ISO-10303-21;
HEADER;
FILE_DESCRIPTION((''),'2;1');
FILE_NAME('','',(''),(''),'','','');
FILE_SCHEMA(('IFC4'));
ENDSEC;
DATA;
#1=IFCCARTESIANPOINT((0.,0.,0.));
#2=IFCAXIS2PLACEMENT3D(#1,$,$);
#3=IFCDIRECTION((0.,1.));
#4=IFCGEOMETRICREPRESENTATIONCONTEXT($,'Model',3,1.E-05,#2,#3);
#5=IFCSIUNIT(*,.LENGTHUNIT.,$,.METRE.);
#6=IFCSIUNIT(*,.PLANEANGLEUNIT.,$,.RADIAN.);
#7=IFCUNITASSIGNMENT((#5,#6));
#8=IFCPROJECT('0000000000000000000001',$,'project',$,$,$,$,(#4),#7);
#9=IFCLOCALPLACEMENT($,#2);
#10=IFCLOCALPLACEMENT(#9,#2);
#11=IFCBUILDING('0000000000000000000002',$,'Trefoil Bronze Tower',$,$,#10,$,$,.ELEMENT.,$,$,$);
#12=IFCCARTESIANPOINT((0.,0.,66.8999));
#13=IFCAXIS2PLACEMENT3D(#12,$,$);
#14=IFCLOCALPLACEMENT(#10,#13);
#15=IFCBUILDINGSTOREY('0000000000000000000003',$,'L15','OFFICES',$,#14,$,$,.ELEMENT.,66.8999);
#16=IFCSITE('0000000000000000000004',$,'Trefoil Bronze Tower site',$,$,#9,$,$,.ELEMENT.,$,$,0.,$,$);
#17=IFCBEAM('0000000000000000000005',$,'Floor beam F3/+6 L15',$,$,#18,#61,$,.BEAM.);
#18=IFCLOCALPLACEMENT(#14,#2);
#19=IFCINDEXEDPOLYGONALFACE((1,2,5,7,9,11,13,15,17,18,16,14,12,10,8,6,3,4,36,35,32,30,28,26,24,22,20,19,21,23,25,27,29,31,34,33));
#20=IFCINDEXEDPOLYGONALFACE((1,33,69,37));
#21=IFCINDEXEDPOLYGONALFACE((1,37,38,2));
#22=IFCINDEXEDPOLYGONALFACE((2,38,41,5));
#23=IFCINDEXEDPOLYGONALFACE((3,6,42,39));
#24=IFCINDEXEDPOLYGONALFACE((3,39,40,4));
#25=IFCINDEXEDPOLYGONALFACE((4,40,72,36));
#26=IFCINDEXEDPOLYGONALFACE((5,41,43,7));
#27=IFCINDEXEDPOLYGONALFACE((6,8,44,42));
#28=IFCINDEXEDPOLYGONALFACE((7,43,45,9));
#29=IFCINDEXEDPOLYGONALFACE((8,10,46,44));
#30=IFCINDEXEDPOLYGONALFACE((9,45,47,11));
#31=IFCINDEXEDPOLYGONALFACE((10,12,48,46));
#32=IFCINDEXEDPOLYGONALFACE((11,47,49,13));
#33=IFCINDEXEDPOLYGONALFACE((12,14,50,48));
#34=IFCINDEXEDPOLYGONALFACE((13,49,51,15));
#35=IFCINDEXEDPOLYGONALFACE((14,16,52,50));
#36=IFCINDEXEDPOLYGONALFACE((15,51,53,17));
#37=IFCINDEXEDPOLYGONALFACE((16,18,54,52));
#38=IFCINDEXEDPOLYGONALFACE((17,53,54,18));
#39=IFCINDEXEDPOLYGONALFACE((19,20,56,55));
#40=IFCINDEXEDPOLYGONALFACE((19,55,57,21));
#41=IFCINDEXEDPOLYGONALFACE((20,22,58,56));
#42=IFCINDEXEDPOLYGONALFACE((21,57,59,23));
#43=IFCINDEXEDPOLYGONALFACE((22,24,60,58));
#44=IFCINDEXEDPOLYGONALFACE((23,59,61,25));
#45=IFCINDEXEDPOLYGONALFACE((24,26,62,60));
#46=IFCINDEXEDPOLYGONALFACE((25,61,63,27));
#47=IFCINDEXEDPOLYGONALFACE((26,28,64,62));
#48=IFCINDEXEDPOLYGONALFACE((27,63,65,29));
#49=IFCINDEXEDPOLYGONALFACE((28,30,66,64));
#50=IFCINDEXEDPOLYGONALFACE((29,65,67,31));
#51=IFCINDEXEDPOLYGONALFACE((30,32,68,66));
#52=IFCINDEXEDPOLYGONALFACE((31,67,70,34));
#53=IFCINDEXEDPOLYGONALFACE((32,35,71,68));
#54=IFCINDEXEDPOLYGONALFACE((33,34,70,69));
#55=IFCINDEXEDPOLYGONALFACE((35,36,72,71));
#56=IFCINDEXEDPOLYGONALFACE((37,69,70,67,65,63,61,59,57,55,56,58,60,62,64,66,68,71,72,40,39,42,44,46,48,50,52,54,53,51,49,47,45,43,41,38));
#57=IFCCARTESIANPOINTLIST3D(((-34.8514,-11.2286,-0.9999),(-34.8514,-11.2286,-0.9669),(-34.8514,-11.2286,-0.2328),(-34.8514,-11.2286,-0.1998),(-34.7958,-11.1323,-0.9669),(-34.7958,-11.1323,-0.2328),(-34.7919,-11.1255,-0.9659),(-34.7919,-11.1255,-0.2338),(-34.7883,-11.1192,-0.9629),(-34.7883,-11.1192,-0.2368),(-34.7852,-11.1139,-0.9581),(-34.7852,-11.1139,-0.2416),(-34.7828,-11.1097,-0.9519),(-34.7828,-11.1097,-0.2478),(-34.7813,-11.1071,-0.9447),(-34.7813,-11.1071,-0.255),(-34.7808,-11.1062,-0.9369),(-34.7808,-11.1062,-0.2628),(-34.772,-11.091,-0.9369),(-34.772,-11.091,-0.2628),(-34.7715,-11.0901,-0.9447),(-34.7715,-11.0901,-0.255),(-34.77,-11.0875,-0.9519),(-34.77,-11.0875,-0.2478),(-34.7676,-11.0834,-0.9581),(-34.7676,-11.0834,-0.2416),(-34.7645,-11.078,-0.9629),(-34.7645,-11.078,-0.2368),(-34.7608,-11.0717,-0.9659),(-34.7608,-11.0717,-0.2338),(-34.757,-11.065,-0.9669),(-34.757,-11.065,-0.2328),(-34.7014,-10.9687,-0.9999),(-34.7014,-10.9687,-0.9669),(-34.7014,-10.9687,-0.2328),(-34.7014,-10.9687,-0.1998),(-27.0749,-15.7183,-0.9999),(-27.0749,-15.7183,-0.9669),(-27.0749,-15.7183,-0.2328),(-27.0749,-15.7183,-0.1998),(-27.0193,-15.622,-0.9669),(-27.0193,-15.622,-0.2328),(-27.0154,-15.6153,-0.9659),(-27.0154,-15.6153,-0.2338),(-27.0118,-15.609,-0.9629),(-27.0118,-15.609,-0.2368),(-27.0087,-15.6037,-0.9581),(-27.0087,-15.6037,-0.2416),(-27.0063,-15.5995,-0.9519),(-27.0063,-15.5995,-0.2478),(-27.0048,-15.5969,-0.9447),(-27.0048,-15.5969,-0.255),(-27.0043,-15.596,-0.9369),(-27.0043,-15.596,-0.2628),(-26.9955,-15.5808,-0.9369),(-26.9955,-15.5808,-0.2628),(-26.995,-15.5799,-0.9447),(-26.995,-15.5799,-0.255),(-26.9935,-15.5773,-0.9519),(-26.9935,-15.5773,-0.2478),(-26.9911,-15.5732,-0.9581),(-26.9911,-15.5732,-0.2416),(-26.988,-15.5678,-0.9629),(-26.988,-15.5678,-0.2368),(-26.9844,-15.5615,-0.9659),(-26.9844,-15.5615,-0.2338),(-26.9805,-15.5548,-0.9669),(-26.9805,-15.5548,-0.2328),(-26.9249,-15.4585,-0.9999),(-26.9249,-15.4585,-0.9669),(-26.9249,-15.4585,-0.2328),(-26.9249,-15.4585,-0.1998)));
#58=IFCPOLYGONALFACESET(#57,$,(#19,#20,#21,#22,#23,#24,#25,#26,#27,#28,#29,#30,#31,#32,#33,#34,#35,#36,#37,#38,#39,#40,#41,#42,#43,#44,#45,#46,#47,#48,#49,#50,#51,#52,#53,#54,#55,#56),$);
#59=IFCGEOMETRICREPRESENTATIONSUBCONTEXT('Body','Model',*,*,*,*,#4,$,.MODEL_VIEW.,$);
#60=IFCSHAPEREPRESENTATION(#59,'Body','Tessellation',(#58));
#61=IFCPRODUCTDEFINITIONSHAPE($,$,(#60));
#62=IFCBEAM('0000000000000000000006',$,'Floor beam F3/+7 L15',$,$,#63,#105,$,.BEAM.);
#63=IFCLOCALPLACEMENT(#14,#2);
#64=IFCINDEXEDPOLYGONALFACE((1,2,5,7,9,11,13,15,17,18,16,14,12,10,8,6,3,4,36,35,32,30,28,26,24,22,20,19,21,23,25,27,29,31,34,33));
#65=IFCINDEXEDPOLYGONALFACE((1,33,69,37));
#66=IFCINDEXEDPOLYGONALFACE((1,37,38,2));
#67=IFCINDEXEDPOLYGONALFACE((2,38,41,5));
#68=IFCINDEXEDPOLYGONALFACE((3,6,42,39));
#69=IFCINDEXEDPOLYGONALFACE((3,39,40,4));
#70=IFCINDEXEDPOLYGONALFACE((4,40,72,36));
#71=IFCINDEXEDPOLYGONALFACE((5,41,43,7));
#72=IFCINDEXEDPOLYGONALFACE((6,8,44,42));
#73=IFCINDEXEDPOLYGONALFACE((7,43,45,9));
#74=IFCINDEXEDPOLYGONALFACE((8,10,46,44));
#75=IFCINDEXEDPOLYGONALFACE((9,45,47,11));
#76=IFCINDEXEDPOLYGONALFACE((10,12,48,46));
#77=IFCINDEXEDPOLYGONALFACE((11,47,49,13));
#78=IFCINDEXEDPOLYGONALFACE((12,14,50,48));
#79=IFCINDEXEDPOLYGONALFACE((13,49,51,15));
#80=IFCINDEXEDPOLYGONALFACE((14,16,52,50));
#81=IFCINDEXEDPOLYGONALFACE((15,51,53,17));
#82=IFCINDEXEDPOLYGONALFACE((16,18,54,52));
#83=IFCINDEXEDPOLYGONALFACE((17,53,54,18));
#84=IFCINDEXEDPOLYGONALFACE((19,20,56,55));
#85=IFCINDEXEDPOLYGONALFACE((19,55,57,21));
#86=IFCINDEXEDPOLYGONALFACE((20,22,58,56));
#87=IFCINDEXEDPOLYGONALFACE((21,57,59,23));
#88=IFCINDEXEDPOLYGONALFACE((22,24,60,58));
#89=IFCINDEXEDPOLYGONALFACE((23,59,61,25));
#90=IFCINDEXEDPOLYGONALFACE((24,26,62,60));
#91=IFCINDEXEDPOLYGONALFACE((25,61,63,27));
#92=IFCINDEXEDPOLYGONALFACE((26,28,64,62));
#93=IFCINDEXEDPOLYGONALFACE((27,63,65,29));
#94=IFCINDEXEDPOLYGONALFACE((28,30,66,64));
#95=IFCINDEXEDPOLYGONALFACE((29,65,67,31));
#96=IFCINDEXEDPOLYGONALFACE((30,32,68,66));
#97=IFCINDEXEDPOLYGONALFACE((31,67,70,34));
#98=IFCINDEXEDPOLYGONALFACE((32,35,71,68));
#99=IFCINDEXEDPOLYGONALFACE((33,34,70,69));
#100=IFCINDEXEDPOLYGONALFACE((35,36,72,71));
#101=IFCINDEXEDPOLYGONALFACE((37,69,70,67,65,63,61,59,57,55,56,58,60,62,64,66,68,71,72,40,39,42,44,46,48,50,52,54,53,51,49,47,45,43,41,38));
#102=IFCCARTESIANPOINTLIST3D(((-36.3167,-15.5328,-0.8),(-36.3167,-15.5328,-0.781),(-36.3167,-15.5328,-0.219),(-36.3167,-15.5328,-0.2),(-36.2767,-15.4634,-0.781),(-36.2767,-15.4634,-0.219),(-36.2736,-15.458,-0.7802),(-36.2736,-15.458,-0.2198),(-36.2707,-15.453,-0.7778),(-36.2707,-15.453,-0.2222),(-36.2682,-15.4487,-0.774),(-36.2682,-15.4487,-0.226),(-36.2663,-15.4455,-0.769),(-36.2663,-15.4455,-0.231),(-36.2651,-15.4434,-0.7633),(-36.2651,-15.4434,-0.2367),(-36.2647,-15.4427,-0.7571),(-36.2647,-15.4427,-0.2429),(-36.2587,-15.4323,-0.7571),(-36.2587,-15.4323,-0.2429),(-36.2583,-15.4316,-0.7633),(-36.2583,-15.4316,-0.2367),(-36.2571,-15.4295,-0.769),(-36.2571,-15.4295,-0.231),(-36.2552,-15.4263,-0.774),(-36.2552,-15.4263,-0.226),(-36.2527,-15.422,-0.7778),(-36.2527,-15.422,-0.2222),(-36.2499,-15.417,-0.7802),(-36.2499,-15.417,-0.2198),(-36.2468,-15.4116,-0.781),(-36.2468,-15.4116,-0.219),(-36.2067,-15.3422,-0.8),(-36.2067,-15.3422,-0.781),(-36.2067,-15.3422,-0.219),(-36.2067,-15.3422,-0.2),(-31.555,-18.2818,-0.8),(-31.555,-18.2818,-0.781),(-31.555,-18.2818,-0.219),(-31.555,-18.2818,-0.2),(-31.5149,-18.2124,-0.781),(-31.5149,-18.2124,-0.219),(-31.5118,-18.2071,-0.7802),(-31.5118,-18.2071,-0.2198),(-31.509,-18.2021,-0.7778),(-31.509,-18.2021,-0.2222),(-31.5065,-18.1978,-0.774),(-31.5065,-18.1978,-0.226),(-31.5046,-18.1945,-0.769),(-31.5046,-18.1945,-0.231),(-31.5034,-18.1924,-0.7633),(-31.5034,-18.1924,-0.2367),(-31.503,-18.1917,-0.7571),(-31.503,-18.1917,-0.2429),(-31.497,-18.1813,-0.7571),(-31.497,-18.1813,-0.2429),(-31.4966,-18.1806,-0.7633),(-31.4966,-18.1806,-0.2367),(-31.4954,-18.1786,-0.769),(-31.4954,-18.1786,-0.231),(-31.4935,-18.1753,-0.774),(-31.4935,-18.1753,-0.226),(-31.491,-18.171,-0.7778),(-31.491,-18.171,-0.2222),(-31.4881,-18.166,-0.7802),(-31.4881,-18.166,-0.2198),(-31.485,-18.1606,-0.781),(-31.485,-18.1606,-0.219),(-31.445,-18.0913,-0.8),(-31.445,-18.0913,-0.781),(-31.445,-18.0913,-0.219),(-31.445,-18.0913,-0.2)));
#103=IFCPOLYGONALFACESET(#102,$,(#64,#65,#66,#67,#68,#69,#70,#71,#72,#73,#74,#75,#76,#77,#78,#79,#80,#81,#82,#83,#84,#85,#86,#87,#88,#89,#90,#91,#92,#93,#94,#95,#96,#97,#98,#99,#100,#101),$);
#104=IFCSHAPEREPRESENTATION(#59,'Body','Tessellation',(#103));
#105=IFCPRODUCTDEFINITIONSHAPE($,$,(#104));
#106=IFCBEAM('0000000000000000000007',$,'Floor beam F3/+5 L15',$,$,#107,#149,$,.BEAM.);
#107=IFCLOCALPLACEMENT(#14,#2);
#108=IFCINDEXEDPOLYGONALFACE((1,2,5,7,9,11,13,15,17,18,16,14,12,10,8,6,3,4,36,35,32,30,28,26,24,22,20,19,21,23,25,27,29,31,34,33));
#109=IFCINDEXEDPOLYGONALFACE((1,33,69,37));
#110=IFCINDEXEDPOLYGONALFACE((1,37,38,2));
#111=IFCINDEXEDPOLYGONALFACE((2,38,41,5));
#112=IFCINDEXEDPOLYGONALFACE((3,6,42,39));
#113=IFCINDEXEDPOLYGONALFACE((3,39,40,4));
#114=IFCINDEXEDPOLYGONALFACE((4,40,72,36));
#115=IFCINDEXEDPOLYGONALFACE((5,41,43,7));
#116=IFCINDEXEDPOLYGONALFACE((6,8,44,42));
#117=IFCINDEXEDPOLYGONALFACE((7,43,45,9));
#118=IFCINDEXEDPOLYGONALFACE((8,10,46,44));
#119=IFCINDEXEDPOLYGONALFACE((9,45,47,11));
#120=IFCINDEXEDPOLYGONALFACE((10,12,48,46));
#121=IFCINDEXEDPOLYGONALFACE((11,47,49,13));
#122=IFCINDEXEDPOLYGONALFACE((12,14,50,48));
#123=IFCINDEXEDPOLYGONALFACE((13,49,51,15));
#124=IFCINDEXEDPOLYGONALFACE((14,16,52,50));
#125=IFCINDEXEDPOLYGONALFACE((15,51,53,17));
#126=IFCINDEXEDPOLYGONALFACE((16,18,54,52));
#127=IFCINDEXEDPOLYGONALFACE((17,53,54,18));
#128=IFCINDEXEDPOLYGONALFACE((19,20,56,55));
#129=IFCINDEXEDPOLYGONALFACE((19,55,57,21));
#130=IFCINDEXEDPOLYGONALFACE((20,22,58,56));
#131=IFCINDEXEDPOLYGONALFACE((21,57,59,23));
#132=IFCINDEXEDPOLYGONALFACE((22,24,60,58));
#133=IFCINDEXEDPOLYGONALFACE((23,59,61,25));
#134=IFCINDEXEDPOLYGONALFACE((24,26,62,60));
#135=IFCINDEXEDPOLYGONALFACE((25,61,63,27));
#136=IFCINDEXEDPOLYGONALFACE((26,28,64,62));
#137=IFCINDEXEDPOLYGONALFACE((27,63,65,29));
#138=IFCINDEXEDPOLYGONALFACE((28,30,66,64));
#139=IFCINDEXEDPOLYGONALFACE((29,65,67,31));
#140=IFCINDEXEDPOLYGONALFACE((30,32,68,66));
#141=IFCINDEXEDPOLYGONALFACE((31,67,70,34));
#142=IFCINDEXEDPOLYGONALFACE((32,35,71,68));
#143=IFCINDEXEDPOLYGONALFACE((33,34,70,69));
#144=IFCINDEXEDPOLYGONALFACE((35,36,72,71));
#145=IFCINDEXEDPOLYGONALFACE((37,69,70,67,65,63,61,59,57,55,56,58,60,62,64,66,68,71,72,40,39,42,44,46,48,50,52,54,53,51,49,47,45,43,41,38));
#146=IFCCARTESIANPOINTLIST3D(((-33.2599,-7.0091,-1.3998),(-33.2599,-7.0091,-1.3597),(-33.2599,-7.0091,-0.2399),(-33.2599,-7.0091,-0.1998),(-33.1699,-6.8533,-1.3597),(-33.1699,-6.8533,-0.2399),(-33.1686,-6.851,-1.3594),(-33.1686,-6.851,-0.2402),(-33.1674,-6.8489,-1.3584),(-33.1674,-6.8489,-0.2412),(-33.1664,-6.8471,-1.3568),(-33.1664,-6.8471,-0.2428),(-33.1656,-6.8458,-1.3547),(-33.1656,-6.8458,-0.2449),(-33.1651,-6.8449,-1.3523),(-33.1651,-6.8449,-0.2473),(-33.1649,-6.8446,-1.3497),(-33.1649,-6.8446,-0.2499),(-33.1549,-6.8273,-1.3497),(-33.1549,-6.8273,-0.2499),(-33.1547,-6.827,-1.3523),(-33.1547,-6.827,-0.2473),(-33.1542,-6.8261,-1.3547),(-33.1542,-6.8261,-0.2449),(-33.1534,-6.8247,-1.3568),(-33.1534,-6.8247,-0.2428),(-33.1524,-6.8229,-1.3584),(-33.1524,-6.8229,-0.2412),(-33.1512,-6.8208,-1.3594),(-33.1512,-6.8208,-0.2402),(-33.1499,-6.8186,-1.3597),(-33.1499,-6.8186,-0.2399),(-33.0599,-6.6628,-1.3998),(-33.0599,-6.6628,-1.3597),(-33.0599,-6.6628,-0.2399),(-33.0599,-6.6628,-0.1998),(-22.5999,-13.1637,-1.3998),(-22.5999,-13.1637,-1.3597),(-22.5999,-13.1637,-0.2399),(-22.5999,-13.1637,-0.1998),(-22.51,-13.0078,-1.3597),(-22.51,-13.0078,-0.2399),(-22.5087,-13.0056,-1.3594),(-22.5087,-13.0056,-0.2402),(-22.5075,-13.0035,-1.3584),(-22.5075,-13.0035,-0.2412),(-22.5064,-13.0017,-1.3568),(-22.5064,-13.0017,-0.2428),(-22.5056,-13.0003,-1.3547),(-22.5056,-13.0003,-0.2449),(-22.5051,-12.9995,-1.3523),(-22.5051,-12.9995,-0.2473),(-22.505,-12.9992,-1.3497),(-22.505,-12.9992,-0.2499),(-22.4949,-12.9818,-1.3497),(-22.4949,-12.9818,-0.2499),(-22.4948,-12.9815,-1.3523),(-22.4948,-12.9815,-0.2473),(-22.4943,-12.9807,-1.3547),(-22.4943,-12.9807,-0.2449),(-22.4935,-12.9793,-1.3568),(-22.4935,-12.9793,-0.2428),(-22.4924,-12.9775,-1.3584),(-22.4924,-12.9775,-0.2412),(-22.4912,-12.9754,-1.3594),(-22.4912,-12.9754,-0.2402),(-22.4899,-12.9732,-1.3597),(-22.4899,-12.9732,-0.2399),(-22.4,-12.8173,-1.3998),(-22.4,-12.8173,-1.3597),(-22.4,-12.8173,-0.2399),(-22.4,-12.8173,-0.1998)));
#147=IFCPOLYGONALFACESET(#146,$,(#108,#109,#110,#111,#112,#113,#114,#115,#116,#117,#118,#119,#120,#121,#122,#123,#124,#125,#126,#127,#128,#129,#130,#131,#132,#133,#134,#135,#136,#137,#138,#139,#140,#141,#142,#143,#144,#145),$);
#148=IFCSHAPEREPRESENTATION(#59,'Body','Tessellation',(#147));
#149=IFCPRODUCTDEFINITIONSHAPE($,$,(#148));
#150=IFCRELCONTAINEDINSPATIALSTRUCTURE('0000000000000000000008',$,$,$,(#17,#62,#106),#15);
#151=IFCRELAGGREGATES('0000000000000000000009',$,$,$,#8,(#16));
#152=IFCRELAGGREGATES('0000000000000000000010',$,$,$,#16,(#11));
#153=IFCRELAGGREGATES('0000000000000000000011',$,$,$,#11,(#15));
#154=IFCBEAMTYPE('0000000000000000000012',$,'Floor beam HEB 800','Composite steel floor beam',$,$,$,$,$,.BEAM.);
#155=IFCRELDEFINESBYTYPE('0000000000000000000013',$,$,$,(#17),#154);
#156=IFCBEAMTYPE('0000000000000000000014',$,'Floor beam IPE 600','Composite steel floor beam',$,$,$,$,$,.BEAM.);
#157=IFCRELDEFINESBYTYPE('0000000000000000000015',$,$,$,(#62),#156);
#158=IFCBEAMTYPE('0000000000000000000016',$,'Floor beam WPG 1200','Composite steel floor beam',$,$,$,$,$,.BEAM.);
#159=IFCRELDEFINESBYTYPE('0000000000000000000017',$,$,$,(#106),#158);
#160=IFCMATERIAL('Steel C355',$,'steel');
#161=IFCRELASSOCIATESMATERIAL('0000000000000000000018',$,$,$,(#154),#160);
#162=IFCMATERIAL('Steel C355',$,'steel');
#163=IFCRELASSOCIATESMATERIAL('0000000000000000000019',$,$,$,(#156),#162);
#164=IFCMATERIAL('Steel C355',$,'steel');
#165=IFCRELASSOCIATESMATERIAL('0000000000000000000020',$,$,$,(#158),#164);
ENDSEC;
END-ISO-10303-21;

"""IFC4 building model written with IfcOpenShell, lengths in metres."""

from ifc_helpers import new_model, si_unit, direction, frame, origin, origin_2d, place, context, subcontext, project, spatial, i_section, extrude, material, material_profile, profile_set, type_object, element, save


model = new_model("IFC4")

# Units and contexts
model_context = context("Model", 3, precision=1e-05, world=origin(), true_north=direction((0.0, 1.0)))
body_context = subcontext(model_context, "Body", "Model", "MODEL_VIEW")
ifc_project = project(units=[si_unit("LENGTHUNIT", "METRE"), si_unit("PLANEANGLEUNIT", "RADIAN")], contexts=[model_context])

# Site, building, storey
site_placement = place(None, origin())
site = spatial("IfcSite", under=ifc_project, at=site_placement, Name="Trefoil Bronze Tower site", CompositionType="ELEMENT", RefElevation=0.0)
building_placement = place(site_placement, origin())
building = spatial("IfcBuilding", under=site, at=building_placement, Name="Trefoil Bronze Tower", CompositionType="ELEMENT")
storey_placement = place(building_placement, frame((0.0, 0.0, 66.8999)))
storey = spatial("IfcBuildingStorey", under=building, at=storey_placement, Name="L15", Description="OFFICES", CompositionType="ELEMENT", Elevation=66.8999)

# Beams
ifc_material_1 = material(Name="Steel C355", Category="steel")
ifc_material_profile_1 = material_profile(ifc_material_1, i_section(OverallWidth=0.3, OverallDepth=0.8, WebThickness=0.0176, FlangeThickness=0.033, FilletRadius=0.03, at=origin_2d()), Name="HEB 800")
ifc_profile_set_1 = profile_set([ifc_material_profile_1], Name="Steel C355")
beam_type_1 = type_object("IfcBeamType", Name="Floor beam HEB 800", Description="Composite steel floor beam", PredefinedType="BEAM", material=ifc_profile_set_1)
beam_1_placement = place(storey_placement, frame((-34.7764, -11.0986, -0.5999), z_axis=(0.866023, -0.500005, 0.0), x_axis=(0.500005, 0.866023, 0.0)))
element("IfcBeam", 1, at=beam_1_placement, inside=storey, type_object=beam_type_1, Name="Floor beam F3/+6 L15", PredefinedType="BEAM", context=body_context, shape_type="SweptSolid", body=[
    extrude(i_section(OverallWidth=0.3, OverallDepth=0.8, WebThickness=0.0176, FlangeThickness=0.033, FilletRadius=0.03, at=origin_2d()), origin(), (0.0, 0.0, 1.0), 8.9795),
])
ifc_material_2 = material(Name="Steel C355", Category="steel")
ifc_material_profile_2 = material_profile(ifc_material_2, i_section(OverallWidth=0.22, OverallDepth=0.6001, WebThickness=0.012, FlangeThickness=0.019, FilletRadius=0.0239, at=origin_2d()), Name="IPE 600")
ifc_profile_set_2 = profile_set([ifc_material_profile_2], Name="Steel C355")
beam_type_2 = type_object("IfcBeamType", Name="Floor beam IPE 600", Description="Composite steel floor beam", PredefinedType="BEAM", material=ifc_profile_set_2)
beam_2_placement = place(storey_placement, frame((-36.2617, -15.4375, -0.5), z_axis=(0.866038, -0.499979, 0.0), x_axis=(0.499979, 0.866038, 0.0)))
element("IfcBeam", 2, at=beam_2_placement, inside=storey, type_object=beam_type_2, Name="Floor beam F3/+7 L15", PredefinedType="BEAM", context=body_context, shape_type="SweptSolid", body=[
    extrude(i_section(OverallWidth=0.22, OverallDepth=0.6001, WebThickness=0.012, FlangeThickness=0.019, FilletRadius=0.0239, at=origin_2d()), origin(), (0.0, 0.0, 1.0), 5.4983),
])
ifc_material_3 = material(Name="Steel C355", Category="steel")
ifc_material_profile_3 = material_profile(ifc_material_3, i_section(OverallWidth=0.3999, OverallDepth=1.2, WebThickness=0.02, FlangeThickness=0.04, FilletRadius=0.01, at=origin_2d()), Name="WPG 1200")
ifc_profile_set_3 = profile_set([ifc_material_profile_3], Name="Steel C355")
beam_type_3 = type_object("IfcBeamType", Name="Floor beam WPG 1200", Description="Composite steel floor beam", PredefinedType="BEAM", material=ifc_profile_set_3)
beam_3_placement = place(storey_placement, frame((-33.1599, -6.8359, -0.7998), z_axis=(0.866024, -0.500002, 0.0), x_axis=(0.500002, 0.866024, 0.0)))
element("IfcBeam", 3, at=beam_3_placement, inside=storey, type_object=beam_type_3, Name="Floor beam F3/+5 L15", PredefinedType="BEAM", context=body_context, shape_type="SweptSolid", body=[
    extrude(i_section(OverallWidth=0.3999, OverallDepth=1.2, WebThickness=0.02, FlangeThickness=0.04, FilletRadius=0.01, at=origin_2d()), origin(), (0.0, 0.0, 1.0), 12.3091),
])

save(model, "model.ifc")
